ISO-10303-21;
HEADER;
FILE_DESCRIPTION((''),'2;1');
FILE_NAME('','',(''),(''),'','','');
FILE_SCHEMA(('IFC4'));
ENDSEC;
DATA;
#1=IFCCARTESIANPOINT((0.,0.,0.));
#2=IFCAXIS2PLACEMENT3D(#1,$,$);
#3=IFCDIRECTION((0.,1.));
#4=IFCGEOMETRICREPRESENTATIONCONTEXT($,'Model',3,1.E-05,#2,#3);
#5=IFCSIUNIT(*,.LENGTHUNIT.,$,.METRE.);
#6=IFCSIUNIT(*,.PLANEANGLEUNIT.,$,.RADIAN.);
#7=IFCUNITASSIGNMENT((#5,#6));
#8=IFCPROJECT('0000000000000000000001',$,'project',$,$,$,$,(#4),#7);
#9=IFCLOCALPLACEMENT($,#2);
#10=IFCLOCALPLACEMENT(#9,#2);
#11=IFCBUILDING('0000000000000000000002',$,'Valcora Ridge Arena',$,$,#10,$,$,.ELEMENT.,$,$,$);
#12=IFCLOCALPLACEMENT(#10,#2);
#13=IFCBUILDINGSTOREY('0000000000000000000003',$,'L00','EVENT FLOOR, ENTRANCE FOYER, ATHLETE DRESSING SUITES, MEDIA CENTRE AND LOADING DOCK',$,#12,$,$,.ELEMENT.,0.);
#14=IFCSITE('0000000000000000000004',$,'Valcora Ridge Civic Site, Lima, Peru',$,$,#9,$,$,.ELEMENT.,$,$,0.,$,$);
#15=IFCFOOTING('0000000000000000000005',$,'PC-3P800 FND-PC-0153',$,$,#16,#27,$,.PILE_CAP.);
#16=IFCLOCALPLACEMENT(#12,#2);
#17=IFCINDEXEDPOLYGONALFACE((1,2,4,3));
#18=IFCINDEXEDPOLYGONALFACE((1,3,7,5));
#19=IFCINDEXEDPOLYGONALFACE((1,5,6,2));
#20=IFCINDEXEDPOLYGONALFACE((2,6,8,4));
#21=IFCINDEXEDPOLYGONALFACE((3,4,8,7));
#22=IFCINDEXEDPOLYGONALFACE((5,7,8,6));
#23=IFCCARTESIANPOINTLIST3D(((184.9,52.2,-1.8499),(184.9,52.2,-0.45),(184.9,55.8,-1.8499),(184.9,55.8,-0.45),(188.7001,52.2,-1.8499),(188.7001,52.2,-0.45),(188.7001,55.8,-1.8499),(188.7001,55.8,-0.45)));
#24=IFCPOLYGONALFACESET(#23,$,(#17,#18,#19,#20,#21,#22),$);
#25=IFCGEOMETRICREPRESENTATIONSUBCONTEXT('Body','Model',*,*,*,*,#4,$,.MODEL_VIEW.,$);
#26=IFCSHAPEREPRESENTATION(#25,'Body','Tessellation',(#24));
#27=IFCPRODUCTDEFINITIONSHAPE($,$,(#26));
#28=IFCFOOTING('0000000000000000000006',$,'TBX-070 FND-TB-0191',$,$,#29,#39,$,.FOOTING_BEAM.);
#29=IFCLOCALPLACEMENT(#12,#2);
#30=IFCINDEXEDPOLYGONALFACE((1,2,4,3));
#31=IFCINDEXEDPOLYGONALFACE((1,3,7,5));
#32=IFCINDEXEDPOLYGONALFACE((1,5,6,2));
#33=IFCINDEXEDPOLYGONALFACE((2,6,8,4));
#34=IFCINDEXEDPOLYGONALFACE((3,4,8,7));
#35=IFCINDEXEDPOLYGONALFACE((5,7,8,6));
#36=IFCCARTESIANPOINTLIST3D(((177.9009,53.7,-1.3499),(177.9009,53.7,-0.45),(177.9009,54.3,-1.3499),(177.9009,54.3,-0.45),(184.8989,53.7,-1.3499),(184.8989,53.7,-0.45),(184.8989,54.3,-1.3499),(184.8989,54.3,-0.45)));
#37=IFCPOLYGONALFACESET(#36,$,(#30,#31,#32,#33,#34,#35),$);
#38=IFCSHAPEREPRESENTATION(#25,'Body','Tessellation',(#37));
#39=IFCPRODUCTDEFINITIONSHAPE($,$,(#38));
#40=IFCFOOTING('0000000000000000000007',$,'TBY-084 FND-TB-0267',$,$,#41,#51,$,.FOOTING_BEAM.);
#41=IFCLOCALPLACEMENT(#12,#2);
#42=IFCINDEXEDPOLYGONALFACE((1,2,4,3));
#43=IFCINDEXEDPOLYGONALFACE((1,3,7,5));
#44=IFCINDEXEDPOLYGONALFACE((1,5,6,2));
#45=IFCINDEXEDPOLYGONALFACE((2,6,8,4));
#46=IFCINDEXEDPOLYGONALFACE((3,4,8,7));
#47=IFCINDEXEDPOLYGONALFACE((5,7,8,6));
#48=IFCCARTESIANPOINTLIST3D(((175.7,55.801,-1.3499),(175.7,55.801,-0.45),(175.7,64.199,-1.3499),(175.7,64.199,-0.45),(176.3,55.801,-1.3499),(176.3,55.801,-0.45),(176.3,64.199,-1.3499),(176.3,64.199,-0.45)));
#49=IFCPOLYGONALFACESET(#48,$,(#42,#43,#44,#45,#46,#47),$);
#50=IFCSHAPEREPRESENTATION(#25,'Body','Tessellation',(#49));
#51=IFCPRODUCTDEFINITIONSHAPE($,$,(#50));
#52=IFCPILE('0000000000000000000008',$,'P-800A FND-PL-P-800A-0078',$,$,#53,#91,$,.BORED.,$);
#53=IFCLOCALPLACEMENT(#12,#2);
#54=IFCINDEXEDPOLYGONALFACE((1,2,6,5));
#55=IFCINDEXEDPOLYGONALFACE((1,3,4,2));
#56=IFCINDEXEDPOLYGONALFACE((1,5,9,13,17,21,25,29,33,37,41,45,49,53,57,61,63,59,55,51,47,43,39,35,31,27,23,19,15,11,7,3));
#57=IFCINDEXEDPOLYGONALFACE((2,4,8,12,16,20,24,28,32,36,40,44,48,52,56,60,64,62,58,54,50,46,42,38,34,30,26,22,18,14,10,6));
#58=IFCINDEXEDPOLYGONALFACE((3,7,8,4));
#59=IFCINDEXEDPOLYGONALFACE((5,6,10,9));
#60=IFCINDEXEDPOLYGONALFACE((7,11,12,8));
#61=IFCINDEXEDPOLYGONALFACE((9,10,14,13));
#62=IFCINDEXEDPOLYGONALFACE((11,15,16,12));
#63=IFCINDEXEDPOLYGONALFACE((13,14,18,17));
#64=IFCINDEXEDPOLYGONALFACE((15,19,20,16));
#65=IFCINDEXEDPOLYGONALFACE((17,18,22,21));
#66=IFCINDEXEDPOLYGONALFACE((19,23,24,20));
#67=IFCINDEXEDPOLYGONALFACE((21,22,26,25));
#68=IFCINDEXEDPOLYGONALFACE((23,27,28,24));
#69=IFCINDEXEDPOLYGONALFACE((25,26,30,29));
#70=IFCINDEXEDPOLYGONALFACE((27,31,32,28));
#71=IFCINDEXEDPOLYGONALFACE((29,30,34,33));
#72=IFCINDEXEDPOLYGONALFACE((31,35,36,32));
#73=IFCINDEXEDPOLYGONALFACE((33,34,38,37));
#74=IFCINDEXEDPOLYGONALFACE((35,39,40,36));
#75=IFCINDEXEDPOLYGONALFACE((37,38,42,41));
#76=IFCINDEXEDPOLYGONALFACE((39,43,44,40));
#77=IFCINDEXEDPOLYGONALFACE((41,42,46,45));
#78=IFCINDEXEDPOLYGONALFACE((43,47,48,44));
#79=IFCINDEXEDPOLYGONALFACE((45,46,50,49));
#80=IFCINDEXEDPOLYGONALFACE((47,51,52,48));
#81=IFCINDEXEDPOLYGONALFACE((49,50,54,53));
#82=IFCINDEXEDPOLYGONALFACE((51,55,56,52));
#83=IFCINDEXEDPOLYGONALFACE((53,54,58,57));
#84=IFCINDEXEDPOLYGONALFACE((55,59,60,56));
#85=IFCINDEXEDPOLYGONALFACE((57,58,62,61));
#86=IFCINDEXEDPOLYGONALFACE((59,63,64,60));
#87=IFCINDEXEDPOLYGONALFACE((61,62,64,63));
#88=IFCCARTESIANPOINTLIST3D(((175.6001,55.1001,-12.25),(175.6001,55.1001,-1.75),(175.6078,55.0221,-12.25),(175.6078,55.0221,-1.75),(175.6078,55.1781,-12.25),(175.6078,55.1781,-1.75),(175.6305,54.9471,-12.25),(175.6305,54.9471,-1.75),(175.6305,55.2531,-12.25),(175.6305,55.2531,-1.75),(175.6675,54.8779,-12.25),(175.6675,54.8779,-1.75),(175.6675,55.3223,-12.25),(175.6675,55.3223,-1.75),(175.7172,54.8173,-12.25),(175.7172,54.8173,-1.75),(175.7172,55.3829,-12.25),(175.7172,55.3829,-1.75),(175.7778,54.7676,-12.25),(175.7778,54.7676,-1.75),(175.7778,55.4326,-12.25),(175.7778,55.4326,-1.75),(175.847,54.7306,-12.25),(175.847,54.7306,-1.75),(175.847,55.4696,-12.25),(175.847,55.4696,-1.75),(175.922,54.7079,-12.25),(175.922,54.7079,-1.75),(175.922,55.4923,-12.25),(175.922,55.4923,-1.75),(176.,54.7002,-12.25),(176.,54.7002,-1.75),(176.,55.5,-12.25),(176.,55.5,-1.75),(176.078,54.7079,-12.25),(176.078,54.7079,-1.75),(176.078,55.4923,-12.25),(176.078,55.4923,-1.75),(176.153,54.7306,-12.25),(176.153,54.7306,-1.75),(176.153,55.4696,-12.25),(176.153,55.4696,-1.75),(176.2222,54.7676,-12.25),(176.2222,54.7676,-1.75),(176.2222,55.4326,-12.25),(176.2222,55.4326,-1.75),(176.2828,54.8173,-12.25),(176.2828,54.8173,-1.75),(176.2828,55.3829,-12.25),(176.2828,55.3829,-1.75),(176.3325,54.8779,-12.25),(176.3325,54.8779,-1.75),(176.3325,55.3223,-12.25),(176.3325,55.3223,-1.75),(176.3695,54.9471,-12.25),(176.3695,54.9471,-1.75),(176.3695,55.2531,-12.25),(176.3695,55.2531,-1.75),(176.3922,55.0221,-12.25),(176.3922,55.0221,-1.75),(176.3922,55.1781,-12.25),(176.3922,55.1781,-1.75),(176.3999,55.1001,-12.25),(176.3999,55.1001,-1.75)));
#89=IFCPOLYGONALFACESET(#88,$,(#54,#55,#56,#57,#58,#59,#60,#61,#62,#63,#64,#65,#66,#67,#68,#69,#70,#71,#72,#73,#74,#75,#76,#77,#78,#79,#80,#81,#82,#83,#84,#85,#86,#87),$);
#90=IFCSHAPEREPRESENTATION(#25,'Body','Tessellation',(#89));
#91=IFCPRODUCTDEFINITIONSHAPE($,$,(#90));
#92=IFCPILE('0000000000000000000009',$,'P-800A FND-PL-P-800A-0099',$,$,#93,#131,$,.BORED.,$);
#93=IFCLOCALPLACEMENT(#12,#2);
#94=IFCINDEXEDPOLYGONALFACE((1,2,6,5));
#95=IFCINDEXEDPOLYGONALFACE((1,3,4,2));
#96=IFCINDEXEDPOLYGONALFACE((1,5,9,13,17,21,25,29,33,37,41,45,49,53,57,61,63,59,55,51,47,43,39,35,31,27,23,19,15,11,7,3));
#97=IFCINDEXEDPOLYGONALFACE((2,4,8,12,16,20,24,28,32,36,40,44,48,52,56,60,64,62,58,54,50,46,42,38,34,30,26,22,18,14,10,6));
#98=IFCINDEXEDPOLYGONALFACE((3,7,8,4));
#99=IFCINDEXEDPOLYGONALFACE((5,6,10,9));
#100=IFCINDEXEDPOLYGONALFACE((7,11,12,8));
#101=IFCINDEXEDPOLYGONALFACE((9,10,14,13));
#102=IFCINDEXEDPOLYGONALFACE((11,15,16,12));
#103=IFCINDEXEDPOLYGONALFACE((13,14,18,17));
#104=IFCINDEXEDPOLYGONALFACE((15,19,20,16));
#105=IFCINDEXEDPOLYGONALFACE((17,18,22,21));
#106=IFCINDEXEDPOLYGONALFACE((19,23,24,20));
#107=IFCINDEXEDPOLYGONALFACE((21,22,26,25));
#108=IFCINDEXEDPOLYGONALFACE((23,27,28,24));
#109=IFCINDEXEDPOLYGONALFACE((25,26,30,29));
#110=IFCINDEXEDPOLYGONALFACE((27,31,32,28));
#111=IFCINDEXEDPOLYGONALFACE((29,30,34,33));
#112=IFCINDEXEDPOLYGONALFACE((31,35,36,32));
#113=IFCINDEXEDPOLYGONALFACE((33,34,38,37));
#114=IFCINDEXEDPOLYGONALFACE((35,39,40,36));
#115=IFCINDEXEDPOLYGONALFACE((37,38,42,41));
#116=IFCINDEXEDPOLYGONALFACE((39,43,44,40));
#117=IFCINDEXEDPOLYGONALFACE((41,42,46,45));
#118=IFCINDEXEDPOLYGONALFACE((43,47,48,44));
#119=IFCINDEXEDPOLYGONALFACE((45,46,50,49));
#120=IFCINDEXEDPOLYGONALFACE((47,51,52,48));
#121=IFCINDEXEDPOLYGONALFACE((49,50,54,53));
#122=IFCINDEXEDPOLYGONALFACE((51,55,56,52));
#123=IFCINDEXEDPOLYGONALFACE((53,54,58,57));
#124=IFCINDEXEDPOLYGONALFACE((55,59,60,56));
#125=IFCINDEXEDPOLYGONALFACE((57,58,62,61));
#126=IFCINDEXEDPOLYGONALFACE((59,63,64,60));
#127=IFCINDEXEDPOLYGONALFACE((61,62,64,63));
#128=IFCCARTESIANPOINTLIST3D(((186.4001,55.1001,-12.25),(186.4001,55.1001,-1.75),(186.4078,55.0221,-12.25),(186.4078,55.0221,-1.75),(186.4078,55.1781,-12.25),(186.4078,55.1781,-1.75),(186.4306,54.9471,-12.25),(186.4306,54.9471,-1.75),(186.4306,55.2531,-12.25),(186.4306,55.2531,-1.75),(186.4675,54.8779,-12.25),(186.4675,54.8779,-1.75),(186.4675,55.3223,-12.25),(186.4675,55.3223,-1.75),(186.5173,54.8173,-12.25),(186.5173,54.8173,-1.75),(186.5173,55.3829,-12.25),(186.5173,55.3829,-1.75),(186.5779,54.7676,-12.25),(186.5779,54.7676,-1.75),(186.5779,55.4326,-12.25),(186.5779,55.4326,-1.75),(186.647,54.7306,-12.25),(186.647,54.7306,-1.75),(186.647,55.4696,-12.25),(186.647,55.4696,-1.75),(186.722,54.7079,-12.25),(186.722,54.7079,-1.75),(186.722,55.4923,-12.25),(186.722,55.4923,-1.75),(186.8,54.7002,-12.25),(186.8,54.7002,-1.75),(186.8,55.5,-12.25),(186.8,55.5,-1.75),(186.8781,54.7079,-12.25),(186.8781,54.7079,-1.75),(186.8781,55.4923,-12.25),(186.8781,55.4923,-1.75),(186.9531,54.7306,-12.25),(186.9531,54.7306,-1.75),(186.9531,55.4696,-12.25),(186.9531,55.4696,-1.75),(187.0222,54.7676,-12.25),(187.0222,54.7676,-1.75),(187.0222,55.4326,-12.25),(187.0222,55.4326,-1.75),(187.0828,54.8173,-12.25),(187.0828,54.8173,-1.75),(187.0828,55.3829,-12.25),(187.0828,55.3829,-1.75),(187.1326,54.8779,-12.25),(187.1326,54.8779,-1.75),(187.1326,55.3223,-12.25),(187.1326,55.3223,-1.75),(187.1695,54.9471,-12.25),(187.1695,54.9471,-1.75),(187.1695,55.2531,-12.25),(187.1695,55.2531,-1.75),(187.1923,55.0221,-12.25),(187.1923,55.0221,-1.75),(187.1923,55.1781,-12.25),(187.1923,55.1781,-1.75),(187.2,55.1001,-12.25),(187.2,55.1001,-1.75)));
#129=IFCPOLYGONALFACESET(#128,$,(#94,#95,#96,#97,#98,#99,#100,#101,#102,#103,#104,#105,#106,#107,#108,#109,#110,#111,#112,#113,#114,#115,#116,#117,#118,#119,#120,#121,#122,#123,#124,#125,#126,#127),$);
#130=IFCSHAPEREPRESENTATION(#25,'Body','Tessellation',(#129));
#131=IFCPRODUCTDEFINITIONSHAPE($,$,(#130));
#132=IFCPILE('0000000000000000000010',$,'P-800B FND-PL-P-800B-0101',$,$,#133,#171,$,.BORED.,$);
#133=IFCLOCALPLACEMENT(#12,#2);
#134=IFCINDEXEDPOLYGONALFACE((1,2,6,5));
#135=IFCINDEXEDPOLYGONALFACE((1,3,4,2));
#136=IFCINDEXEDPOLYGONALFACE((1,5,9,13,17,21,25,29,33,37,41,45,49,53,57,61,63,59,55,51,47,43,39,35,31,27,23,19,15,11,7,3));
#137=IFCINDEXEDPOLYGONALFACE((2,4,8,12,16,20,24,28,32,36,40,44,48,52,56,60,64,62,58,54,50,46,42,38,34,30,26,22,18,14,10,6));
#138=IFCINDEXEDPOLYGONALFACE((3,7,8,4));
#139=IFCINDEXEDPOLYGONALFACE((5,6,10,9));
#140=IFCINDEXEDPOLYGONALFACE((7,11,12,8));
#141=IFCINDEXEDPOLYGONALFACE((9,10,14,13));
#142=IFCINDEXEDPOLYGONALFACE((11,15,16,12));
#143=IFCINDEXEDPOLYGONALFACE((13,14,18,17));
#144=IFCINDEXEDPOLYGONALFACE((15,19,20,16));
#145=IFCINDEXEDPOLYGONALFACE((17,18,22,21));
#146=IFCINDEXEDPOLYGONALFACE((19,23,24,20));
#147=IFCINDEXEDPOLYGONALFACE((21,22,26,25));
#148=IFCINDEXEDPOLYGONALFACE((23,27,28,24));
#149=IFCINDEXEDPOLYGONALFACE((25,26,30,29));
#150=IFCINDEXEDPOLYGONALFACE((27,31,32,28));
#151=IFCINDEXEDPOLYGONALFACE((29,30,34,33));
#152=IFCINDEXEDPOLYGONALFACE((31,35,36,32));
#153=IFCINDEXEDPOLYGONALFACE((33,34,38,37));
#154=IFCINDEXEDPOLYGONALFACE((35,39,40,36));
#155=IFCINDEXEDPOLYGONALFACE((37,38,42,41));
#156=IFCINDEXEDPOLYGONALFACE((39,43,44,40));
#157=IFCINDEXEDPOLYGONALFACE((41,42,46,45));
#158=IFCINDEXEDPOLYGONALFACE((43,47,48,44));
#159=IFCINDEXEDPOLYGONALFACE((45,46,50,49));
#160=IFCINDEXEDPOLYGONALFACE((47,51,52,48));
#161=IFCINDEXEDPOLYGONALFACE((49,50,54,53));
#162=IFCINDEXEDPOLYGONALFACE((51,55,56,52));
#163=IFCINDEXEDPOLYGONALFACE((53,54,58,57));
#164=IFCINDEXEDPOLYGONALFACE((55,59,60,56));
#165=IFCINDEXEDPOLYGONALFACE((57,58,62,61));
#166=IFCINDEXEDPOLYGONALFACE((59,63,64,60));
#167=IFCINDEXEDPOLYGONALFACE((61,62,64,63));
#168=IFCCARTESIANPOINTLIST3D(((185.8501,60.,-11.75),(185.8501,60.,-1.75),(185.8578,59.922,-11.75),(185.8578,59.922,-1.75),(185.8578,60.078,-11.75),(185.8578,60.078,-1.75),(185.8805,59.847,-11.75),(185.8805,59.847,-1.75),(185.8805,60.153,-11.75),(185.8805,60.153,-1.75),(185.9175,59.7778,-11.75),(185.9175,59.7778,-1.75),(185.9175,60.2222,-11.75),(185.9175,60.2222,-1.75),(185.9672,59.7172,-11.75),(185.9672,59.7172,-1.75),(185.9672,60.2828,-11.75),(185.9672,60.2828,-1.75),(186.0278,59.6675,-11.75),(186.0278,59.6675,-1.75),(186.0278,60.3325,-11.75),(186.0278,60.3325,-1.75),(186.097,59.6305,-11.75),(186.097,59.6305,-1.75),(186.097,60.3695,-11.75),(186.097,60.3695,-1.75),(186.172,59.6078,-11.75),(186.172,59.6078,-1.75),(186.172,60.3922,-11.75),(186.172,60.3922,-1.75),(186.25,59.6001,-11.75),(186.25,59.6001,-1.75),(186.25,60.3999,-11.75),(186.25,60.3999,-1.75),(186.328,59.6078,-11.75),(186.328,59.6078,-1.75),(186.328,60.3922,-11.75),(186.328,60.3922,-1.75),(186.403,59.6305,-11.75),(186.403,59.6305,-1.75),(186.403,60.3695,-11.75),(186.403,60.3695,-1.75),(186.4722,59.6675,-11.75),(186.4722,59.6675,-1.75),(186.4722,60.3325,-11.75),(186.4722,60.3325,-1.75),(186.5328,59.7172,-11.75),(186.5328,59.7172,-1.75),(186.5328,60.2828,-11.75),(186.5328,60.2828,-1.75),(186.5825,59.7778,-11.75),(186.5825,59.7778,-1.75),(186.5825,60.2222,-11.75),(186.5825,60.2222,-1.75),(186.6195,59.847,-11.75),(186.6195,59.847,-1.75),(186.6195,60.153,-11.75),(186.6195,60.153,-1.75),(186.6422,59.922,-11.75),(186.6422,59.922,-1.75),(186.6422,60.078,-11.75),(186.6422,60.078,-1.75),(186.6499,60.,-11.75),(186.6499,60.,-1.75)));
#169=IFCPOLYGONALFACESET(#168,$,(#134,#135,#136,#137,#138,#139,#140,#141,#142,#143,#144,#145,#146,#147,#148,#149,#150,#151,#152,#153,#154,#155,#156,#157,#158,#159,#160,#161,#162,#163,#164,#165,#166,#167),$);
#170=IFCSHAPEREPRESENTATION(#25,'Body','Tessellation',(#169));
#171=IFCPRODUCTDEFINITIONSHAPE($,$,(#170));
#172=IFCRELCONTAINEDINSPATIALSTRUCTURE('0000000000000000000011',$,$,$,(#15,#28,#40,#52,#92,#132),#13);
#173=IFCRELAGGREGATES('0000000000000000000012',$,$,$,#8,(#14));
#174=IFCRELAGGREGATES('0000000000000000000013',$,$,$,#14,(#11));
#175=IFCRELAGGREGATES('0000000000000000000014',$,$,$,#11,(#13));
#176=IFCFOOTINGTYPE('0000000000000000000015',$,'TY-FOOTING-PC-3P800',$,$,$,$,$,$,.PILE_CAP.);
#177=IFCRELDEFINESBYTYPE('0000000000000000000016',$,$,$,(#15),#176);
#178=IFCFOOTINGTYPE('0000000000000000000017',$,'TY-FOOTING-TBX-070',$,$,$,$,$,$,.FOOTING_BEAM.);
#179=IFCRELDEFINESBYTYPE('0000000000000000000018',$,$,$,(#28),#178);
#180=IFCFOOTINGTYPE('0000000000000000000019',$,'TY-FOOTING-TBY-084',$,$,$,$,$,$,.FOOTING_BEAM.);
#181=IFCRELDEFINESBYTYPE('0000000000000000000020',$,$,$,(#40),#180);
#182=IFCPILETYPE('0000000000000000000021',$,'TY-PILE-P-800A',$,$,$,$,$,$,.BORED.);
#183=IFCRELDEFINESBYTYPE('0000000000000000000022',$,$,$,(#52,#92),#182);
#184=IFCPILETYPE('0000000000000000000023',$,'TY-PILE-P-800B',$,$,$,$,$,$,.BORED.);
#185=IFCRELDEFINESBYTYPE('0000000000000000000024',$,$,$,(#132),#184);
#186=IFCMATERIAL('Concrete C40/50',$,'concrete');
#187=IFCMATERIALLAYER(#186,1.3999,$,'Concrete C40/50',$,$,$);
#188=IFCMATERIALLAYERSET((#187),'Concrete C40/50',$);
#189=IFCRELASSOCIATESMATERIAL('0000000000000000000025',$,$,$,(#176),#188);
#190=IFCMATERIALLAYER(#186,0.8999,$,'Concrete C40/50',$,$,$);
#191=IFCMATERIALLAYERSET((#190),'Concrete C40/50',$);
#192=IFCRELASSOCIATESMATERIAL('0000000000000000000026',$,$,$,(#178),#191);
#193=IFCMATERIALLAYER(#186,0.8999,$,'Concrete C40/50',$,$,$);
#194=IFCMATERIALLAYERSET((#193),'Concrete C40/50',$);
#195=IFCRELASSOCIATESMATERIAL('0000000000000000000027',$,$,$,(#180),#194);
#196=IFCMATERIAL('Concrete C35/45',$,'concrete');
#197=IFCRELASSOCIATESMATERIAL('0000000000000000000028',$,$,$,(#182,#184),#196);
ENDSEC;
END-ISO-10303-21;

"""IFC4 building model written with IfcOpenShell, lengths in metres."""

from ifc_helpers import new_model, si_unit, direction, frame, origin, origin_2d, place, context, subcontext, project, spatial, rectangle, circle, extrude, material, layer, layer_set, material_profile, profile_set, type_object, element, save


model = new_model("IFC4")

# Units and contexts
model_context = context("Model", 3, precision=1e-05, world=origin(), true_north=direction((0.0, 1.0)))
body_context = subcontext(model_context, "Body", "Model", "MODEL_VIEW")
ifc_project = project(units=[si_unit("LENGTHUNIT", "METRE"), si_unit("PLANEANGLEUNIT", "RADIAN")], contexts=[model_context])

# Site, building, storey
site_placement = place(None, origin())
site = spatial("IfcSite", under=ifc_project, at=site_placement, Name="Valcora Ridge Civic Site, Lima, Peru", CompositionType="ELEMENT", RefElevation=0.0)
building_placement = place(site_placement, origin())
building = spatial("IfcBuilding", under=site, at=building_placement, Name="Valcora Ridge Arena", CompositionType="ELEMENT")
storey_placement = place(building_placement, origin())
storey = spatial("IfcBuildingStorey", under=building, at=storey_placement, Name="L00", Description="EVENT FLOOR, ENTRANCE FOYER, ATHLETE DRESSING SUITES, MEDIA CENTRE AND LOADING DOCK", CompositionType="ELEMENT", Elevation=0.0)

# Footings
ifc_material_1 = material(Name="Concrete C40/50", Category="concrete")
ifc_layer_1 = layer(ifc_material_1, 1.3999, Name="Concrete C40/50")
ifc_layer_set_1 = layer_set([ifc_layer_1], Name="Concrete C40/50")
footing_type_1 = type_object("IfcFootingType", Name="TY-FOOTING-PC-3P800", PredefinedType="PILE_CAP", material=ifc_layer_set_1)
footing_1_placement = place(storey_placement, frame((186.8, 54.0, -1.8499), z_axis=(0.0, 0.0, 1.0), x_axis=(1.0, 0.0, 0.0)))
element("IfcFooting", 1, at=footing_1_placement, inside=storey, type_object=footing_type_1, Name="PC-3P800 FND-PC-0153", PredefinedType="PILE_CAP", context=body_context, shape_type="SweptSolid", body=[
    extrude(rectangle(XDim=3.8, YDim=3.6001, at=origin_2d()), origin(), (0.0, 0.0, 1.0), 1.3999),
])
ifc_layer_2 = layer(ifc_material_1, 0.8999, Name="Concrete C40/50")
ifc_layer_set_2 = layer_set([ifc_layer_2], Name="Concrete C40/50")
footing_type_2 = type_object("IfcFootingType", Name="TY-FOOTING-TBX-070", PredefinedType="FOOTING_BEAM", material=ifc_layer_set_2)
footing_2_placement = place(storey_placement, frame((181.3999, 54.0, -1.3499), z_axis=(0.0, 0.0, 1.0), x_axis=(1.0, 0.0, 0.0)))
element("IfcFooting", 2, at=footing_2_placement, inside=storey, type_object=footing_type_2, Name="TBX-070 FND-TB-0191", PredefinedType="FOOTING_BEAM", context=body_context, shape_type="SweptSolid", body=[
    extrude(rectangle(XDim=6.998, YDim=0.6001, at=origin_2d()), origin(), (0.0, 0.0, 1.0), 0.8999),
])
ifc_layer_3 = layer(ifc_material_1, 0.8999, Name="Concrete C40/50")
ifc_layer_set_3 = layer_set([ifc_layer_3], Name="Concrete C40/50")
footing_type_3 = type_object("IfcFootingType", Name="TY-FOOTING-TBY-084", PredefinedType="FOOTING_BEAM", material=ifc_layer_set_3)
footing_3_placement = place(storey_placement, frame((176.0, 60.0, -1.3499), z_axis=(0.0, 0.0, 1.0), x_axis=(1.0, 0.0, 0.0)))
element("IfcFooting", 3, at=footing_3_placement, inside=storey, type_object=footing_type_3, Name="TBY-084 FND-TB-0267", PredefinedType="FOOTING_BEAM", context=body_context, shape_type="SweptSolid", body=[
    extrude(rectangle(XDim=0.6001, YDim=8.3979, at=origin_2d()), origin(), (0.0, 0.0, 1.0), 0.8999),
])

# Piles
ifc_material_2 = material(Name="Concrete C35/45", Category="concrete")
ifc_material_profile_1 = material_profile(ifc_material_2, circle(Radius=0.3999, at=origin_2d()), Name="BORED PILE D800")
ifc_profile_set_1 = profile_set([ifc_material_profile_1], Name="Concrete C35/45")
pile_type_1 = type_object("IfcPileType", Name="TY-PILE-P-800A", PredefinedType="BORED", material=ifc_profile_set_1)
for number, where, z_axis, x_axis, name in (
    (4, (176.0, 55.1001, -1.75), (0.0, 0.0, -1.0), (1.0, 0.0, 0.0), "P-800A FND-PL-P-800A-0078"),
    (5, (186.8, 55.1001, -1.75), (0.0, 0.0, -1.0), (1.0, 0.0, 0.0), "P-800A FND-PL-P-800A-0099"),
):
    element("IfcPile", number, at=place(storey_placement, frame(where, z_axis=z_axis, x_axis=x_axis)), inside=storey, type_object=pile_type_1, Name=name, PredefinedType="BORED", context=body_context, shape_type="SweptSolid", body=[
        extrude(circle(Radius=0.3999, at=origin_2d()), origin(), (0.0, 0.0, 1.0), 10.5),
    ])
ifc_material_profile_2 = material_profile(ifc_material_2, circle(Radius=0.3999, at=origin_2d()), Name="BORED PILE D800")
ifc_profile_set_2 = profile_set([ifc_material_profile_2], Name="Concrete C35/45")
pile_type_2 = type_object("IfcPileType", Name="TY-PILE-P-800B", PredefinedType="BORED", material=ifc_profile_set_2)
pile_placement = place(storey_placement, frame((186.25, 60.0, -1.75), z_axis=(0.0, 0.0, -1.0), x_axis=(1.0, 0.0, 0.0)))
element("IfcPile", 6, at=pile_placement, inside=storey, type_object=pile_type_2, Name="P-800B FND-PL-P-800B-0101", PredefinedType="BORED", context=body_context, shape_type="SweptSolid", body=[
    extrude(circle(Radius=0.3999, at=origin_2d()), origin(), (0.0, 0.0, 1.0), 10.0),
])

save(model, "model.ifc")
